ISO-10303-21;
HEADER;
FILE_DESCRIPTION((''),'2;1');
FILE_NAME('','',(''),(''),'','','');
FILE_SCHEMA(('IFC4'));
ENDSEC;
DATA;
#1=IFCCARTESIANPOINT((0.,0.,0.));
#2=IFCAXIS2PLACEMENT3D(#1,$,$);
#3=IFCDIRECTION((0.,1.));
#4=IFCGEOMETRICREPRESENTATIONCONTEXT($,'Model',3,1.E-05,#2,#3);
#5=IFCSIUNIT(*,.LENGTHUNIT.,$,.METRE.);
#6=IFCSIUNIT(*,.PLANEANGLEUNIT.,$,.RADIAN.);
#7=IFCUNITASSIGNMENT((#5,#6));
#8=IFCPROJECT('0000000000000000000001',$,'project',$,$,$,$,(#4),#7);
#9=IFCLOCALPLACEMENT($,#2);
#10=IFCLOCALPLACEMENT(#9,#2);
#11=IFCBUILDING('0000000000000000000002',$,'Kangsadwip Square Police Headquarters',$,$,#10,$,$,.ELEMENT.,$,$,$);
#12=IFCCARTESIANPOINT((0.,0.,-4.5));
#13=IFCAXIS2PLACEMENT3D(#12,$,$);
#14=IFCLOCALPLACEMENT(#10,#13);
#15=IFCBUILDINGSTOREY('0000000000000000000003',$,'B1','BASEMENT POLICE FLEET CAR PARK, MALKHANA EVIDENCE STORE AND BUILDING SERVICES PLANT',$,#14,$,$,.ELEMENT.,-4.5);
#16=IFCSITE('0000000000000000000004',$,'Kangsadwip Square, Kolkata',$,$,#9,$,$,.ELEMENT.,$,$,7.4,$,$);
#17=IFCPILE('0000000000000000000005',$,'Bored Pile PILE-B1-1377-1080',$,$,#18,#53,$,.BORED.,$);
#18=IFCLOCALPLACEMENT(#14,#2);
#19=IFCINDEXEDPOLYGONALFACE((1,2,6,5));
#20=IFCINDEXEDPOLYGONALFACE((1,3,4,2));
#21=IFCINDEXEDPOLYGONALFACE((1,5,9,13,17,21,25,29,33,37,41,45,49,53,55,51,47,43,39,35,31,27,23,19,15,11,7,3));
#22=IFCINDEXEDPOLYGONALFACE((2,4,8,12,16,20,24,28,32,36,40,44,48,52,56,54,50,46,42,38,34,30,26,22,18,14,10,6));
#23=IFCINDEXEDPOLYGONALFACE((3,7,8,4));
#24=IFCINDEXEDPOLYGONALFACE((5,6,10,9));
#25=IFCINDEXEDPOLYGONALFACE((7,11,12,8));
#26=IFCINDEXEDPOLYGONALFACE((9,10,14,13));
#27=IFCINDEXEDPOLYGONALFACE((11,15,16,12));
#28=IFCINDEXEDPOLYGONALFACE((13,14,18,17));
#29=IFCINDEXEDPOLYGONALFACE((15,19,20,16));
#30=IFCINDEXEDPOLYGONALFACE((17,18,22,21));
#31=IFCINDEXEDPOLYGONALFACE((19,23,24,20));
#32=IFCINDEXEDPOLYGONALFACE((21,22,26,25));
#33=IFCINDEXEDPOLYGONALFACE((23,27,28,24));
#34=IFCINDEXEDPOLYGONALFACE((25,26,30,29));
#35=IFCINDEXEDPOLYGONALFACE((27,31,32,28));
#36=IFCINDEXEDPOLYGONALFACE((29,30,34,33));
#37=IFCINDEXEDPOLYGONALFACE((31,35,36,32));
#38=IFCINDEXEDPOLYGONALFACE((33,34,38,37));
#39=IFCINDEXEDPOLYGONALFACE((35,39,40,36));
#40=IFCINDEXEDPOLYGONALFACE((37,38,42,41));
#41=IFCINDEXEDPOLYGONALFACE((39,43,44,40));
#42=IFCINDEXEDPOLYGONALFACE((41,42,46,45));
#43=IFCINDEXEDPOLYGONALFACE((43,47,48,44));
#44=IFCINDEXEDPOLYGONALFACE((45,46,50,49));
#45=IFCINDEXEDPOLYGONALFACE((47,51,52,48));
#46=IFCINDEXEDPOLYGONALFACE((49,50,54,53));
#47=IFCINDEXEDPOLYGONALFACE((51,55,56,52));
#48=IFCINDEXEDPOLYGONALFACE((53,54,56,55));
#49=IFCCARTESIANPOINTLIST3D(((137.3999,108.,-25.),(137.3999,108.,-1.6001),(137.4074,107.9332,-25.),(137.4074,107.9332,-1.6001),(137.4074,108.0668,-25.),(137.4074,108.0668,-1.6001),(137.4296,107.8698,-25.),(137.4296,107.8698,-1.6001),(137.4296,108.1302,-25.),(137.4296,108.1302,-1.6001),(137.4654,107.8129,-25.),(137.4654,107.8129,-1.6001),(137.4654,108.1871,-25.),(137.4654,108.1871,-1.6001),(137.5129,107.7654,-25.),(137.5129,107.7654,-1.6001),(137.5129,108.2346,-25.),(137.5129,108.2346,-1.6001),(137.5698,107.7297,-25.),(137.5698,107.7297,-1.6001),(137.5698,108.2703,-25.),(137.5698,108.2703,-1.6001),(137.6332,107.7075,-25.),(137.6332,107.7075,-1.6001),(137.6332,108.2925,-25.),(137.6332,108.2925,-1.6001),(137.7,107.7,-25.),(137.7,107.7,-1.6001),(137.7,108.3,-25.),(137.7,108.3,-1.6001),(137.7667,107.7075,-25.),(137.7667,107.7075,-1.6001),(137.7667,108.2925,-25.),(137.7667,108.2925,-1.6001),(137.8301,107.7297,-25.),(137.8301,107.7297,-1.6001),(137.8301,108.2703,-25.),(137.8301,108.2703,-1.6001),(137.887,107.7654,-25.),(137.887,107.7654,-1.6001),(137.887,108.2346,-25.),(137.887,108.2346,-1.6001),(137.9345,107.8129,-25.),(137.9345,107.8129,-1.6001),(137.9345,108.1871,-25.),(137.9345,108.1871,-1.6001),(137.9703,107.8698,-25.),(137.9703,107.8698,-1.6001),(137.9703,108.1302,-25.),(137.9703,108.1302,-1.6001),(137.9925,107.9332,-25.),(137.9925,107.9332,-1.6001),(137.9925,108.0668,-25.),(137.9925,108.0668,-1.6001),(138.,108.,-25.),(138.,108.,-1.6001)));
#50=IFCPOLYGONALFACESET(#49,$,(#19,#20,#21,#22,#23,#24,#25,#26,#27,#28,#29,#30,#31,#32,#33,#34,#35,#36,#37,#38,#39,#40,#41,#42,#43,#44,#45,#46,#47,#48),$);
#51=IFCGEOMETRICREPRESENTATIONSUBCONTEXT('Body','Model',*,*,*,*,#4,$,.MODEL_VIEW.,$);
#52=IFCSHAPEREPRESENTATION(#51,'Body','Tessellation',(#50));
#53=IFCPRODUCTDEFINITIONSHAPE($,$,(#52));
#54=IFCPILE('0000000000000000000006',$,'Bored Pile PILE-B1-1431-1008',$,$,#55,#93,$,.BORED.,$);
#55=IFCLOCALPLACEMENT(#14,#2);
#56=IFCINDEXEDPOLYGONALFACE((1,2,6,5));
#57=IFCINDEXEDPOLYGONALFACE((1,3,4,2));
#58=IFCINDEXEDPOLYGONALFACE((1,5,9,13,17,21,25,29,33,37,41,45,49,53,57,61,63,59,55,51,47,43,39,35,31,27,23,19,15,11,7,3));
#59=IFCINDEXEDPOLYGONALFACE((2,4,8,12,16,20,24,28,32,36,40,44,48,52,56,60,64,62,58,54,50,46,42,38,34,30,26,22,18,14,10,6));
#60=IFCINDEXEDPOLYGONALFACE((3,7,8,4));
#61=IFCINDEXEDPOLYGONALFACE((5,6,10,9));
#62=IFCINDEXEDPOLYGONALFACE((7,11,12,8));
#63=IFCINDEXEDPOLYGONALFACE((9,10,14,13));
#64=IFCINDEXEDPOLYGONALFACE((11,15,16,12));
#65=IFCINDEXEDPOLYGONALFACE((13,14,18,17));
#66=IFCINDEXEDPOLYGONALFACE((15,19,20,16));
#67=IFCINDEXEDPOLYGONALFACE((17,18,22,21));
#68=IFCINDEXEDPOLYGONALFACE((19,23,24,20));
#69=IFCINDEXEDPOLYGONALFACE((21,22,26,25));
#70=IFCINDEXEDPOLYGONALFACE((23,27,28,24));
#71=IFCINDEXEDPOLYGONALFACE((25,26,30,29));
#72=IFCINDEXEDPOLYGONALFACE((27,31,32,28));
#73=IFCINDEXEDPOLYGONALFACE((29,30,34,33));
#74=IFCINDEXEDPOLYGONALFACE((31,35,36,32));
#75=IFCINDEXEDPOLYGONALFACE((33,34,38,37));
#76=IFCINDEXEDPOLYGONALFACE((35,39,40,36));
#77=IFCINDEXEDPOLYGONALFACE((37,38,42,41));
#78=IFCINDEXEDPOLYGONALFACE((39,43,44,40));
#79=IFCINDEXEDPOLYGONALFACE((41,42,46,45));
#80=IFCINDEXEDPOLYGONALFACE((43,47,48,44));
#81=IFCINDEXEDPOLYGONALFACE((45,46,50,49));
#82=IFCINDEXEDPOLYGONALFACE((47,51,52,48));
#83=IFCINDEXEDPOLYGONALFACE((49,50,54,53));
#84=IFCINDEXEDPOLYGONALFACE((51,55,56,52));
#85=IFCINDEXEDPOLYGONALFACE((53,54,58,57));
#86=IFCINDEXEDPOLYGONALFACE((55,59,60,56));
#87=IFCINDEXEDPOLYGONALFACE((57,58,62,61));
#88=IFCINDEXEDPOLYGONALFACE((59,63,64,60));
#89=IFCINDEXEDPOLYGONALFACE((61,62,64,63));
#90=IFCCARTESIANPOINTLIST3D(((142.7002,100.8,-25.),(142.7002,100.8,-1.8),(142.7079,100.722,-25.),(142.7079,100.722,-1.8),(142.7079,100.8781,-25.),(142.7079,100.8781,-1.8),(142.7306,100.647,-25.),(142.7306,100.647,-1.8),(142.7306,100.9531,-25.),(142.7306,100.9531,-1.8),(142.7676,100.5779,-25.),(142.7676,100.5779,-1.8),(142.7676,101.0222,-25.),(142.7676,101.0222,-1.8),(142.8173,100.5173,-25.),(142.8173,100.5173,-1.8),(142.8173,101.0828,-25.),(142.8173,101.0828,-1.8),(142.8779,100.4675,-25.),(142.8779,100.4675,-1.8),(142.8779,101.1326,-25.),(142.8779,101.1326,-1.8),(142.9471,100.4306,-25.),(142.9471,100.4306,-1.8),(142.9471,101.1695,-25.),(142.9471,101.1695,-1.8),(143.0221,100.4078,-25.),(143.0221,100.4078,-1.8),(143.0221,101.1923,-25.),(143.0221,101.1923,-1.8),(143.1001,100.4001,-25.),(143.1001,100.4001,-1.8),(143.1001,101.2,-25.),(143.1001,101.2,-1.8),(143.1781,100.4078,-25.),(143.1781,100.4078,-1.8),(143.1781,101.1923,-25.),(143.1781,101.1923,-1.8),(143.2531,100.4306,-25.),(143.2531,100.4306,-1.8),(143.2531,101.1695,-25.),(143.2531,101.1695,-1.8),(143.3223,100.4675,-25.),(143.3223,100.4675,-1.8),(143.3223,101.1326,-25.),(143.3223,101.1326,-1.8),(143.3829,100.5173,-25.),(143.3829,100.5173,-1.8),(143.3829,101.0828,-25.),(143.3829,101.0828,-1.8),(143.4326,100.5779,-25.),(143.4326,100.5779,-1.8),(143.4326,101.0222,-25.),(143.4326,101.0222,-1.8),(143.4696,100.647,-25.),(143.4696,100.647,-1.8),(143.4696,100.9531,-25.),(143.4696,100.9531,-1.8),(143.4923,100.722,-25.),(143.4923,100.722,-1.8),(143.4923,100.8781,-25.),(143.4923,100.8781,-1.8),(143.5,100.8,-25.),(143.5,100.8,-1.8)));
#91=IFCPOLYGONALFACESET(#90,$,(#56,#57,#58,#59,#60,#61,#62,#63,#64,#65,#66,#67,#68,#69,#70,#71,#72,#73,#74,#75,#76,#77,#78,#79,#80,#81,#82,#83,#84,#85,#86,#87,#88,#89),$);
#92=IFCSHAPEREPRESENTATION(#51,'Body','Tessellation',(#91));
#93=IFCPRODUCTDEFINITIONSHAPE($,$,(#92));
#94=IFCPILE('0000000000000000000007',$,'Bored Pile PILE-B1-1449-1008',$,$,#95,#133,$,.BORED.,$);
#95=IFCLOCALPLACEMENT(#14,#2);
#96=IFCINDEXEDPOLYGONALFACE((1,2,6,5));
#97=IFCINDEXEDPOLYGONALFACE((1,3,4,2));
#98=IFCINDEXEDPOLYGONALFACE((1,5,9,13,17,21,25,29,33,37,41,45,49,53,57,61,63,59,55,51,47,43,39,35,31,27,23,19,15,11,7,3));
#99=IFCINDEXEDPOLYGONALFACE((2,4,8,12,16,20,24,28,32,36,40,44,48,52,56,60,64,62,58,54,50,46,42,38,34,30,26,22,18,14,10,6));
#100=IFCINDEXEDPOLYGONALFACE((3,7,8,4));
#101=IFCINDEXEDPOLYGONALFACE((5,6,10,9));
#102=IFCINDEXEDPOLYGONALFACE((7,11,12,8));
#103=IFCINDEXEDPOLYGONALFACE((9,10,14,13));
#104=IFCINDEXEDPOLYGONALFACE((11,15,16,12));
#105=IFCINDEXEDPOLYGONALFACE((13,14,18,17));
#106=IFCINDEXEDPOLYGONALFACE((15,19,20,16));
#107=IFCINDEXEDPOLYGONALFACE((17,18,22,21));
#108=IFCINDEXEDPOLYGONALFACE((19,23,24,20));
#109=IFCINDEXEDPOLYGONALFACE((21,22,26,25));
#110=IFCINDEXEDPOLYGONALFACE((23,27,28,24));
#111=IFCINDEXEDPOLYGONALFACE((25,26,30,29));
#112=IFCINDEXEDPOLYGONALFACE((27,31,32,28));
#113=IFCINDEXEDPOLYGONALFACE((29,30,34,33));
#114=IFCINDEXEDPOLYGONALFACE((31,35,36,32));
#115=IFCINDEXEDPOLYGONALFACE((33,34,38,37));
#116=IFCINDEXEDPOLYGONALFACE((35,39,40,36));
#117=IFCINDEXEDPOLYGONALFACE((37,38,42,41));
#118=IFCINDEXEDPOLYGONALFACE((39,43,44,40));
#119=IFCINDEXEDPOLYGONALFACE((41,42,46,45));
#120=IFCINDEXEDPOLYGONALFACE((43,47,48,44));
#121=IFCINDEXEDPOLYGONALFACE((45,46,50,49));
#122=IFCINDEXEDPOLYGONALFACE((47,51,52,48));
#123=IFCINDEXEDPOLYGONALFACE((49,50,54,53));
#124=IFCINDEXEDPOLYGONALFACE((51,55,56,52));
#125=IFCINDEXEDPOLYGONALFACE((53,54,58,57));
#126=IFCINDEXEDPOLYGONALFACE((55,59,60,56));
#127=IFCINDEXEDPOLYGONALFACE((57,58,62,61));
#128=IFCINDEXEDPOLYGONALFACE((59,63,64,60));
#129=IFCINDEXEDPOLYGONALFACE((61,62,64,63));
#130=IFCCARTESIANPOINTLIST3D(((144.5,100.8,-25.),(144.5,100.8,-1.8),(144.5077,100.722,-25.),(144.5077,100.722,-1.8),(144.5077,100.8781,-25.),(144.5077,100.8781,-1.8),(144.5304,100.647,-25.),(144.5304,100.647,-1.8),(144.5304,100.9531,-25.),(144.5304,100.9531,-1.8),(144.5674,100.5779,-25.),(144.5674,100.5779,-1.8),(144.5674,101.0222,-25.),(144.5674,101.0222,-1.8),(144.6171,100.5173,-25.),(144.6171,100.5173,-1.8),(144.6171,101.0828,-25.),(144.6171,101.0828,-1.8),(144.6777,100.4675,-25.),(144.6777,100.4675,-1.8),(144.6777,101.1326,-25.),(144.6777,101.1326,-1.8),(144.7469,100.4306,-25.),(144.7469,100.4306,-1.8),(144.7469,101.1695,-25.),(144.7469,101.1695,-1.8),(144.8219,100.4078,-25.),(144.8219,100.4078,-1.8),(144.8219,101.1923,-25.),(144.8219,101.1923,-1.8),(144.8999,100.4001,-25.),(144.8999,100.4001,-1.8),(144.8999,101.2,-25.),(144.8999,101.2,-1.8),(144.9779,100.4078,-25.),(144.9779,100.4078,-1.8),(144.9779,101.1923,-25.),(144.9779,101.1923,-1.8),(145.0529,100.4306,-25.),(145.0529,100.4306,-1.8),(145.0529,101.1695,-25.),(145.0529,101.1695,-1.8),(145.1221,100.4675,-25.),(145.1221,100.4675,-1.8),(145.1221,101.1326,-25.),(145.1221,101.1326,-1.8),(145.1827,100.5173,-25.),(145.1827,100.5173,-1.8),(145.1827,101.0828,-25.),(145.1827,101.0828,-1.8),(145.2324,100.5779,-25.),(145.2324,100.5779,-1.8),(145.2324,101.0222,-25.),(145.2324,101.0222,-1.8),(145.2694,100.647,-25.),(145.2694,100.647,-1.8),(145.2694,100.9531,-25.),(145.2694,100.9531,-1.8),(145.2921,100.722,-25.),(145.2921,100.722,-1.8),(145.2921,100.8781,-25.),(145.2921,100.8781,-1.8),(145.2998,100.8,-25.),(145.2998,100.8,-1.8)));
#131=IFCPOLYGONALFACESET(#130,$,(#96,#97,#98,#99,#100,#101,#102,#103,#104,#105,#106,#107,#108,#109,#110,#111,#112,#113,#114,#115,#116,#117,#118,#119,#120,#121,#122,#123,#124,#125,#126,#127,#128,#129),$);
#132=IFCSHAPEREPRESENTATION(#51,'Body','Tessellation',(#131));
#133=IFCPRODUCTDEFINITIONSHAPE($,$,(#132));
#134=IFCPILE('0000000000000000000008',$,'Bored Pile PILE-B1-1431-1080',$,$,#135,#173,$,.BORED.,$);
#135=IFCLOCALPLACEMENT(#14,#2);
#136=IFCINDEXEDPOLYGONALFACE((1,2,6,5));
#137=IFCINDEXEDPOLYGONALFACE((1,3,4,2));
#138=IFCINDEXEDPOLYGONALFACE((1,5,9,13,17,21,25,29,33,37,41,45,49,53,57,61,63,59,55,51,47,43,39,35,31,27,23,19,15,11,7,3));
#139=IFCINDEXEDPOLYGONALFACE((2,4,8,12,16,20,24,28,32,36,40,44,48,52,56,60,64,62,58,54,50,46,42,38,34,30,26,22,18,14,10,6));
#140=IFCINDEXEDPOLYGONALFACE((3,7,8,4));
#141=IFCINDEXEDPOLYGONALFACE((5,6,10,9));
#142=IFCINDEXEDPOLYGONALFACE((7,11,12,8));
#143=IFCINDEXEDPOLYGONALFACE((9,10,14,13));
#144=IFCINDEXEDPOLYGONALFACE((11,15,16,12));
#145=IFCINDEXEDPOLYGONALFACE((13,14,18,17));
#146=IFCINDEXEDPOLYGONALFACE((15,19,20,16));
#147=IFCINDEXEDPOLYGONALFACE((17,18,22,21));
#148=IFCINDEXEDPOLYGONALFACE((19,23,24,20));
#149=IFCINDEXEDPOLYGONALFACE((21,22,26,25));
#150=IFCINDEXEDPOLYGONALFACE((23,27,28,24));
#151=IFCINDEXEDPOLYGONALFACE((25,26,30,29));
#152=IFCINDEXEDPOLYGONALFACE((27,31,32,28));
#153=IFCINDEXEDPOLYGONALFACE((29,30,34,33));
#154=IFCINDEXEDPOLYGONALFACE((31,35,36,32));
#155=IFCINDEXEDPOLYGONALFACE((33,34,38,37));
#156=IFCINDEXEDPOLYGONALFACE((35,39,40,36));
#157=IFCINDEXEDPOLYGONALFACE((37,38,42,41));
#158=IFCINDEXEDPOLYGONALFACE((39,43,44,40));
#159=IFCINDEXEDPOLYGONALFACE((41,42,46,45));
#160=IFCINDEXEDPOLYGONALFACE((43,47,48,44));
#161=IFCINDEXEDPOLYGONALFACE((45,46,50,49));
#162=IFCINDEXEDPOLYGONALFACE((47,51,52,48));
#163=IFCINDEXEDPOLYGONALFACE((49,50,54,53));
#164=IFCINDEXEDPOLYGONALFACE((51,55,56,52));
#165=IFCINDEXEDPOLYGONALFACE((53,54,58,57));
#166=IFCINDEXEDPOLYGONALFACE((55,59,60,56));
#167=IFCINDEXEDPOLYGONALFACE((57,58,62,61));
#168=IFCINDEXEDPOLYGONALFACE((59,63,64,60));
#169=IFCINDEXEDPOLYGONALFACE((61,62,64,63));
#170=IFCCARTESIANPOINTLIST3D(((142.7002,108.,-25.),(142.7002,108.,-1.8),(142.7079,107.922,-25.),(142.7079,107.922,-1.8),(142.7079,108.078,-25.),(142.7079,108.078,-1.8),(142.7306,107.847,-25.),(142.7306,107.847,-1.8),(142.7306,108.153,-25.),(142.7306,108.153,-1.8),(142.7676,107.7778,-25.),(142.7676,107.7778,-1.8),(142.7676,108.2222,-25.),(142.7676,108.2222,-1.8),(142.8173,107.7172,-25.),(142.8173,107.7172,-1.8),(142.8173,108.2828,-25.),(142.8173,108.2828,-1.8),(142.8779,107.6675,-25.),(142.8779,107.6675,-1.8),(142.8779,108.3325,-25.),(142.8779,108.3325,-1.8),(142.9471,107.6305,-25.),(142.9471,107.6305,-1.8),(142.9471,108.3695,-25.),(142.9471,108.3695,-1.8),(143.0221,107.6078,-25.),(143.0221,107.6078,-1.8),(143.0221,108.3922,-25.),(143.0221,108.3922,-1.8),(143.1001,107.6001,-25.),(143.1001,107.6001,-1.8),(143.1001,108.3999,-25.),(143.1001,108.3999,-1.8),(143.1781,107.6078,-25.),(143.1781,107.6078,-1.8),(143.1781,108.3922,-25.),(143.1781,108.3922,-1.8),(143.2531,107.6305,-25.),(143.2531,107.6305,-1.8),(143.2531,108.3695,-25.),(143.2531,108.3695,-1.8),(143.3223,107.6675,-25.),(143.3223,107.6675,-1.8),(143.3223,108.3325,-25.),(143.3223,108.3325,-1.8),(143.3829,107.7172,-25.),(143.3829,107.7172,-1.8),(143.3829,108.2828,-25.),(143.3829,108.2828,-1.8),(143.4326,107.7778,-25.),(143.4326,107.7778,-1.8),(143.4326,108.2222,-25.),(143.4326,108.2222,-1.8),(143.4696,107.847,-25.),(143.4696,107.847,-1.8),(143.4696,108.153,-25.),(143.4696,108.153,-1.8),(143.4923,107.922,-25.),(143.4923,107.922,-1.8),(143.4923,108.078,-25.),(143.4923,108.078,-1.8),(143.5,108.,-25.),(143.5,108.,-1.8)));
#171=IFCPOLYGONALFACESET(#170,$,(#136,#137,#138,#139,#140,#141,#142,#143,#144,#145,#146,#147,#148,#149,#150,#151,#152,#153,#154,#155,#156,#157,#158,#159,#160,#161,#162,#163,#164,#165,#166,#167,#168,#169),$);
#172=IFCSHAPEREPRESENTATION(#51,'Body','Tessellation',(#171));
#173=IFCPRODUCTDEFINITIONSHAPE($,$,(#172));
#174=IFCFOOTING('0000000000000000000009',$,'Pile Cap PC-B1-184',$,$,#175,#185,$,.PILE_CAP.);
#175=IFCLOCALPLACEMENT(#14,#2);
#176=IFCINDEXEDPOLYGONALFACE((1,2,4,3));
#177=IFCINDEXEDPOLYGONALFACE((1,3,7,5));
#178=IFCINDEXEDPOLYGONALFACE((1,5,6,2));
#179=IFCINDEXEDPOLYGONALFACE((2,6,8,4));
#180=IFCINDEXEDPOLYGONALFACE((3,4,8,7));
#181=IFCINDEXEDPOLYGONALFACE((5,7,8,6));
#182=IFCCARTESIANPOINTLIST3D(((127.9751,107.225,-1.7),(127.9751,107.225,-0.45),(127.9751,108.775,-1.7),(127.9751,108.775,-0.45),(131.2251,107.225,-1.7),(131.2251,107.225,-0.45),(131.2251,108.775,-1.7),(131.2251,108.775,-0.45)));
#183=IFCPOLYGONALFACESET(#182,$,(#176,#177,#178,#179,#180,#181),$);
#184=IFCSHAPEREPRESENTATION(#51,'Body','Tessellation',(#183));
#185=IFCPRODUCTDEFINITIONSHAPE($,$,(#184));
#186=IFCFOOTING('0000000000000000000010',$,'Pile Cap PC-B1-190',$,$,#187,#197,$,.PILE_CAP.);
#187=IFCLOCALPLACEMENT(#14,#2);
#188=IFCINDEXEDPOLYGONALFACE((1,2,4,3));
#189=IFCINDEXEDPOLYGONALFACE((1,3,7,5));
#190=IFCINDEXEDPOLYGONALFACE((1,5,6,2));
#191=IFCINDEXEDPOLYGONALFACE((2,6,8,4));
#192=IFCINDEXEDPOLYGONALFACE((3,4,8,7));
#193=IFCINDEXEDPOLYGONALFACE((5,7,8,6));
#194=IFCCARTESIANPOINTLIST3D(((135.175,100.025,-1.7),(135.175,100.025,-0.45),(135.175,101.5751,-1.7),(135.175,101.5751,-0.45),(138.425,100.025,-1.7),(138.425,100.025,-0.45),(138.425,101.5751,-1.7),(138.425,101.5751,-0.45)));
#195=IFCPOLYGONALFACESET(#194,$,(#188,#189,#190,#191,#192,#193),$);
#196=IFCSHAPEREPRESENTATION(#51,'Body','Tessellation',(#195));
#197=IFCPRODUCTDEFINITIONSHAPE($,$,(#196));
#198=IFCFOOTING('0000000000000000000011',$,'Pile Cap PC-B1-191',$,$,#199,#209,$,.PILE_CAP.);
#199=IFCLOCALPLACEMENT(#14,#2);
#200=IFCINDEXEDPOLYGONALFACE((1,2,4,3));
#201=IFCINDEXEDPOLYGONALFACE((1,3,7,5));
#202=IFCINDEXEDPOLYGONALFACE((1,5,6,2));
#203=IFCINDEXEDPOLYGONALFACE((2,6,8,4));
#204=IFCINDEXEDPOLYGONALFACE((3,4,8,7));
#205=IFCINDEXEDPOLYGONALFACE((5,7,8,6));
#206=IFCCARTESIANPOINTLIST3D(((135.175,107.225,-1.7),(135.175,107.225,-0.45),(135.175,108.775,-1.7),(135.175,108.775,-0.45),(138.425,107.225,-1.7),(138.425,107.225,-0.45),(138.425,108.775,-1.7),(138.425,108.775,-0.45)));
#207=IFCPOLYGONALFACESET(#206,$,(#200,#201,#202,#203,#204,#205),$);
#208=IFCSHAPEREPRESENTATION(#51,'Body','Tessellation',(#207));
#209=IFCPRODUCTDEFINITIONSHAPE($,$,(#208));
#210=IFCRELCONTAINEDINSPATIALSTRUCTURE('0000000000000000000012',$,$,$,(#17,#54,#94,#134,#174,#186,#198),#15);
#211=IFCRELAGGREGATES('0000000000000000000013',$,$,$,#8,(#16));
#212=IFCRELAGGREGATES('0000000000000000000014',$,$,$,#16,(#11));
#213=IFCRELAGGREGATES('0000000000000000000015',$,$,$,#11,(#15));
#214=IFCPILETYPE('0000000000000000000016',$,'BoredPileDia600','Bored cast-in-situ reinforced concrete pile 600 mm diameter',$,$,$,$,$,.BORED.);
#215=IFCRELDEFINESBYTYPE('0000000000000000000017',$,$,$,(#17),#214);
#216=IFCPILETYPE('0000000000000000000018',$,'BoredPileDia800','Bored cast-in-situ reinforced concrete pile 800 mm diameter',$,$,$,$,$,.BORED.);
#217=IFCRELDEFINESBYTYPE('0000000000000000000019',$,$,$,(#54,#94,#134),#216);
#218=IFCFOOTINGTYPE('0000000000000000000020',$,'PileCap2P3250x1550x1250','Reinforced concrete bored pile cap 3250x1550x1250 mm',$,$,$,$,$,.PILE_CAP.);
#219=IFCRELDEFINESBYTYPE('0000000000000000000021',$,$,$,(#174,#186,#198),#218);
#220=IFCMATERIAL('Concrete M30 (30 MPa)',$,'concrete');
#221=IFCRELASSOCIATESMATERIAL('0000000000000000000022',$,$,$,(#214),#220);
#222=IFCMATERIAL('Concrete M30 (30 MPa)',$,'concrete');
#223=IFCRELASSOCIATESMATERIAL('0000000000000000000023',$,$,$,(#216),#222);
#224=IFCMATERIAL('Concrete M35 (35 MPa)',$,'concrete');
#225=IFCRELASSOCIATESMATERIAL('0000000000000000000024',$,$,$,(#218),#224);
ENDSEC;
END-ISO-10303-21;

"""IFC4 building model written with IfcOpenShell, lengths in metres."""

from ifc_helpers import new_model, si_unit, direction, frame, origin, origin_2d, place, context, subcontext, project, spatial, rectangle, circle, extrude, material, material_profile, profile_set, type_object, element, save


model = new_model("IFC4")

# Units and contexts
model_context = context("Model", 3, precision=1e-05, world=origin(), true_north=direction((0.0, 1.0)))
body_context = subcontext(model_context, "Body", "Model", "MODEL_VIEW")
ifc_project = project(units=[si_unit("LENGTHUNIT", "METRE"), si_unit("PLANEANGLEUNIT", "RADIAN")], contexts=[model_context])

# Site, building, storey
site_placement = place(None, origin())
site = spatial("IfcSite", under=ifc_project, at=site_placement, Name="Kangsadwip Square, Kolkata", CompositionType="ELEMENT", RefElevation=7.4)
building_placement = place(site_placement, origin())
building = spatial("IfcBuilding", under=site, at=building_placement, Name="Kangsadwip Square Police Headquarters", CompositionType="ELEMENT")
storey_placement = place(building_placement, frame((0.0, 0.0, -4.5)))
storey = spatial("IfcBuildingStorey", under=building, at=storey_placement, Name="B1", Description="BASEMENT POLICE FLEET CAR PARK, MALKHANA EVIDENCE STORE AND BUILDING SERVICES PLANT", CompositionType="ELEMENT", Elevation=-4.5)

# Piles
ifc_material_1 = material(Name="Concrete M30 (30 MPa)", Category="concrete")
ifc_material_profile_1 = material_profile(ifc_material_1, circle(Radius=0.3, at=origin_2d()), Name="PILE DIA 600")
ifc_profile_set_1 = profile_set([ifc_material_profile_1], Name="Concrete M30 (30 MPa)")
pile_type_1 = type_object("IfcPileType", Name="BoredPileDia600", Description="Bored cast-in-situ reinforced concrete pile 600 mm diameter", PredefinedType="BORED", material=ifc_profile_set_1)
for number, where, z_axis, x_axis, name in (
    (1, (137.7, 108.0, -1.6001), (0.0, 0.0, -1.0), (1.0, 0.0, 0.0), "Bored Pile PILE-B1-1377-1080"),
):
    element("IfcPile", number, at=place(storey_placement, frame(where, z_axis=z_axis, x_axis=x_axis)), inside=storey, type_object=pile_type_1, Name=name, PredefinedType="BORED", context=body_context, shape_type="SweptSolid", body=[
        extrude(circle(Radius=0.3, at=origin_2d()), origin(), (0.0, 0.0, 1.0), 23.3999),
    ])
ifc_material_2 = material(Name="Concrete M30 (30 MPa)", Category="concrete")
ifc_material_profile_2 = material_profile(ifc_material_2, circle(Radius=0.3999, at=origin_2d()), Name="PILE DIA 800")
ifc_profile_set_2 = profile_set([ifc_material_profile_2], Name="Concrete M30 (30 MPa)")
pile_type_2 = type_object("IfcPileType", Name="BoredPileDia800", Description="Bored cast-in-situ reinforced concrete pile 800 mm diameter", PredefinedType="BORED", material=ifc_profile_set_2)
for number, where, z_axis, x_axis, name in (
    (2, (143.1001, 100.8, -1.8), (0.0, 0.0, -1.0), (1.0, 0.0, 0.0), "Bored Pile PILE-B1-1431-1008"),
    (3, (144.8999, 100.8, -1.8), (0.0, 0.0, -1.0), (1.0, 0.0, 0.0), "Bored Pile PILE-B1-1449-1008"),
    (4, (143.1001, 108.0, -1.8), (0.0, 0.0, -1.0), (1.0, 0.0, 0.0), "Bored Pile PILE-B1-1431-1080"),
):
    element("IfcPile", number, at=place(storey_placement, frame(where, z_axis=z_axis, x_axis=x_axis)), inside=storey, type_object=pile_type_2, Name=name, PredefinedType="BORED", context=body_context, shape_type="SweptSolid", body=[
        extrude(circle(Radius=0.3999, at=origin_2d()), origin(), (0.0, 0.0, 1.0), 23.2),
    ])

# Footings
ifc_material_3 = material(Name="Concrete M35 (35 MPa)", Category="concrete")
footing_type_1 = type_object("IfcFootingType", Name="PileCap2P3250x1550x1250", Description="Reinforced concrete bored pile cap 3250x1550x1250 mm", PredefinedType="PILE_CAP", material=ifc_material_3)
for number, where, z_axis, x_axis, name in (
    (5, (129.6001, 108.0, -1.7), (0.0, 0.0, 1.0), (1.0, 0.0, 0.0), "Pile Cap PC-B1-184"),
    (6, (136.8, 100.8, -1.7), (0.0, 0.0, 1.0), (1.0, 0.0, 0.0), "Pile Cap PC-B1-190"),
    (7, (136.8, 108.0, -1.7), (0.0, 0.0, 1.0), (1.0, 0.0, 0.0), "Pile Cap PC-B1-191"),
):
    element("IfcFooting", number, at=place(storey_placement, frame(where, z_axis=z_axis, x_axis=x_axis)), inside=storey, type_object=footing_type_1, Name=name, PredefinedType="PILE_CAP", context=body_context, shape_type="SweptSolid", body=[
        extrude(rectangle(XDim=3.25, YDim=1.55, at=origin_2d()), origin(), (0.0, 0.0, 1.0), 1.25),
    ])

save(model, "model.ifc")
